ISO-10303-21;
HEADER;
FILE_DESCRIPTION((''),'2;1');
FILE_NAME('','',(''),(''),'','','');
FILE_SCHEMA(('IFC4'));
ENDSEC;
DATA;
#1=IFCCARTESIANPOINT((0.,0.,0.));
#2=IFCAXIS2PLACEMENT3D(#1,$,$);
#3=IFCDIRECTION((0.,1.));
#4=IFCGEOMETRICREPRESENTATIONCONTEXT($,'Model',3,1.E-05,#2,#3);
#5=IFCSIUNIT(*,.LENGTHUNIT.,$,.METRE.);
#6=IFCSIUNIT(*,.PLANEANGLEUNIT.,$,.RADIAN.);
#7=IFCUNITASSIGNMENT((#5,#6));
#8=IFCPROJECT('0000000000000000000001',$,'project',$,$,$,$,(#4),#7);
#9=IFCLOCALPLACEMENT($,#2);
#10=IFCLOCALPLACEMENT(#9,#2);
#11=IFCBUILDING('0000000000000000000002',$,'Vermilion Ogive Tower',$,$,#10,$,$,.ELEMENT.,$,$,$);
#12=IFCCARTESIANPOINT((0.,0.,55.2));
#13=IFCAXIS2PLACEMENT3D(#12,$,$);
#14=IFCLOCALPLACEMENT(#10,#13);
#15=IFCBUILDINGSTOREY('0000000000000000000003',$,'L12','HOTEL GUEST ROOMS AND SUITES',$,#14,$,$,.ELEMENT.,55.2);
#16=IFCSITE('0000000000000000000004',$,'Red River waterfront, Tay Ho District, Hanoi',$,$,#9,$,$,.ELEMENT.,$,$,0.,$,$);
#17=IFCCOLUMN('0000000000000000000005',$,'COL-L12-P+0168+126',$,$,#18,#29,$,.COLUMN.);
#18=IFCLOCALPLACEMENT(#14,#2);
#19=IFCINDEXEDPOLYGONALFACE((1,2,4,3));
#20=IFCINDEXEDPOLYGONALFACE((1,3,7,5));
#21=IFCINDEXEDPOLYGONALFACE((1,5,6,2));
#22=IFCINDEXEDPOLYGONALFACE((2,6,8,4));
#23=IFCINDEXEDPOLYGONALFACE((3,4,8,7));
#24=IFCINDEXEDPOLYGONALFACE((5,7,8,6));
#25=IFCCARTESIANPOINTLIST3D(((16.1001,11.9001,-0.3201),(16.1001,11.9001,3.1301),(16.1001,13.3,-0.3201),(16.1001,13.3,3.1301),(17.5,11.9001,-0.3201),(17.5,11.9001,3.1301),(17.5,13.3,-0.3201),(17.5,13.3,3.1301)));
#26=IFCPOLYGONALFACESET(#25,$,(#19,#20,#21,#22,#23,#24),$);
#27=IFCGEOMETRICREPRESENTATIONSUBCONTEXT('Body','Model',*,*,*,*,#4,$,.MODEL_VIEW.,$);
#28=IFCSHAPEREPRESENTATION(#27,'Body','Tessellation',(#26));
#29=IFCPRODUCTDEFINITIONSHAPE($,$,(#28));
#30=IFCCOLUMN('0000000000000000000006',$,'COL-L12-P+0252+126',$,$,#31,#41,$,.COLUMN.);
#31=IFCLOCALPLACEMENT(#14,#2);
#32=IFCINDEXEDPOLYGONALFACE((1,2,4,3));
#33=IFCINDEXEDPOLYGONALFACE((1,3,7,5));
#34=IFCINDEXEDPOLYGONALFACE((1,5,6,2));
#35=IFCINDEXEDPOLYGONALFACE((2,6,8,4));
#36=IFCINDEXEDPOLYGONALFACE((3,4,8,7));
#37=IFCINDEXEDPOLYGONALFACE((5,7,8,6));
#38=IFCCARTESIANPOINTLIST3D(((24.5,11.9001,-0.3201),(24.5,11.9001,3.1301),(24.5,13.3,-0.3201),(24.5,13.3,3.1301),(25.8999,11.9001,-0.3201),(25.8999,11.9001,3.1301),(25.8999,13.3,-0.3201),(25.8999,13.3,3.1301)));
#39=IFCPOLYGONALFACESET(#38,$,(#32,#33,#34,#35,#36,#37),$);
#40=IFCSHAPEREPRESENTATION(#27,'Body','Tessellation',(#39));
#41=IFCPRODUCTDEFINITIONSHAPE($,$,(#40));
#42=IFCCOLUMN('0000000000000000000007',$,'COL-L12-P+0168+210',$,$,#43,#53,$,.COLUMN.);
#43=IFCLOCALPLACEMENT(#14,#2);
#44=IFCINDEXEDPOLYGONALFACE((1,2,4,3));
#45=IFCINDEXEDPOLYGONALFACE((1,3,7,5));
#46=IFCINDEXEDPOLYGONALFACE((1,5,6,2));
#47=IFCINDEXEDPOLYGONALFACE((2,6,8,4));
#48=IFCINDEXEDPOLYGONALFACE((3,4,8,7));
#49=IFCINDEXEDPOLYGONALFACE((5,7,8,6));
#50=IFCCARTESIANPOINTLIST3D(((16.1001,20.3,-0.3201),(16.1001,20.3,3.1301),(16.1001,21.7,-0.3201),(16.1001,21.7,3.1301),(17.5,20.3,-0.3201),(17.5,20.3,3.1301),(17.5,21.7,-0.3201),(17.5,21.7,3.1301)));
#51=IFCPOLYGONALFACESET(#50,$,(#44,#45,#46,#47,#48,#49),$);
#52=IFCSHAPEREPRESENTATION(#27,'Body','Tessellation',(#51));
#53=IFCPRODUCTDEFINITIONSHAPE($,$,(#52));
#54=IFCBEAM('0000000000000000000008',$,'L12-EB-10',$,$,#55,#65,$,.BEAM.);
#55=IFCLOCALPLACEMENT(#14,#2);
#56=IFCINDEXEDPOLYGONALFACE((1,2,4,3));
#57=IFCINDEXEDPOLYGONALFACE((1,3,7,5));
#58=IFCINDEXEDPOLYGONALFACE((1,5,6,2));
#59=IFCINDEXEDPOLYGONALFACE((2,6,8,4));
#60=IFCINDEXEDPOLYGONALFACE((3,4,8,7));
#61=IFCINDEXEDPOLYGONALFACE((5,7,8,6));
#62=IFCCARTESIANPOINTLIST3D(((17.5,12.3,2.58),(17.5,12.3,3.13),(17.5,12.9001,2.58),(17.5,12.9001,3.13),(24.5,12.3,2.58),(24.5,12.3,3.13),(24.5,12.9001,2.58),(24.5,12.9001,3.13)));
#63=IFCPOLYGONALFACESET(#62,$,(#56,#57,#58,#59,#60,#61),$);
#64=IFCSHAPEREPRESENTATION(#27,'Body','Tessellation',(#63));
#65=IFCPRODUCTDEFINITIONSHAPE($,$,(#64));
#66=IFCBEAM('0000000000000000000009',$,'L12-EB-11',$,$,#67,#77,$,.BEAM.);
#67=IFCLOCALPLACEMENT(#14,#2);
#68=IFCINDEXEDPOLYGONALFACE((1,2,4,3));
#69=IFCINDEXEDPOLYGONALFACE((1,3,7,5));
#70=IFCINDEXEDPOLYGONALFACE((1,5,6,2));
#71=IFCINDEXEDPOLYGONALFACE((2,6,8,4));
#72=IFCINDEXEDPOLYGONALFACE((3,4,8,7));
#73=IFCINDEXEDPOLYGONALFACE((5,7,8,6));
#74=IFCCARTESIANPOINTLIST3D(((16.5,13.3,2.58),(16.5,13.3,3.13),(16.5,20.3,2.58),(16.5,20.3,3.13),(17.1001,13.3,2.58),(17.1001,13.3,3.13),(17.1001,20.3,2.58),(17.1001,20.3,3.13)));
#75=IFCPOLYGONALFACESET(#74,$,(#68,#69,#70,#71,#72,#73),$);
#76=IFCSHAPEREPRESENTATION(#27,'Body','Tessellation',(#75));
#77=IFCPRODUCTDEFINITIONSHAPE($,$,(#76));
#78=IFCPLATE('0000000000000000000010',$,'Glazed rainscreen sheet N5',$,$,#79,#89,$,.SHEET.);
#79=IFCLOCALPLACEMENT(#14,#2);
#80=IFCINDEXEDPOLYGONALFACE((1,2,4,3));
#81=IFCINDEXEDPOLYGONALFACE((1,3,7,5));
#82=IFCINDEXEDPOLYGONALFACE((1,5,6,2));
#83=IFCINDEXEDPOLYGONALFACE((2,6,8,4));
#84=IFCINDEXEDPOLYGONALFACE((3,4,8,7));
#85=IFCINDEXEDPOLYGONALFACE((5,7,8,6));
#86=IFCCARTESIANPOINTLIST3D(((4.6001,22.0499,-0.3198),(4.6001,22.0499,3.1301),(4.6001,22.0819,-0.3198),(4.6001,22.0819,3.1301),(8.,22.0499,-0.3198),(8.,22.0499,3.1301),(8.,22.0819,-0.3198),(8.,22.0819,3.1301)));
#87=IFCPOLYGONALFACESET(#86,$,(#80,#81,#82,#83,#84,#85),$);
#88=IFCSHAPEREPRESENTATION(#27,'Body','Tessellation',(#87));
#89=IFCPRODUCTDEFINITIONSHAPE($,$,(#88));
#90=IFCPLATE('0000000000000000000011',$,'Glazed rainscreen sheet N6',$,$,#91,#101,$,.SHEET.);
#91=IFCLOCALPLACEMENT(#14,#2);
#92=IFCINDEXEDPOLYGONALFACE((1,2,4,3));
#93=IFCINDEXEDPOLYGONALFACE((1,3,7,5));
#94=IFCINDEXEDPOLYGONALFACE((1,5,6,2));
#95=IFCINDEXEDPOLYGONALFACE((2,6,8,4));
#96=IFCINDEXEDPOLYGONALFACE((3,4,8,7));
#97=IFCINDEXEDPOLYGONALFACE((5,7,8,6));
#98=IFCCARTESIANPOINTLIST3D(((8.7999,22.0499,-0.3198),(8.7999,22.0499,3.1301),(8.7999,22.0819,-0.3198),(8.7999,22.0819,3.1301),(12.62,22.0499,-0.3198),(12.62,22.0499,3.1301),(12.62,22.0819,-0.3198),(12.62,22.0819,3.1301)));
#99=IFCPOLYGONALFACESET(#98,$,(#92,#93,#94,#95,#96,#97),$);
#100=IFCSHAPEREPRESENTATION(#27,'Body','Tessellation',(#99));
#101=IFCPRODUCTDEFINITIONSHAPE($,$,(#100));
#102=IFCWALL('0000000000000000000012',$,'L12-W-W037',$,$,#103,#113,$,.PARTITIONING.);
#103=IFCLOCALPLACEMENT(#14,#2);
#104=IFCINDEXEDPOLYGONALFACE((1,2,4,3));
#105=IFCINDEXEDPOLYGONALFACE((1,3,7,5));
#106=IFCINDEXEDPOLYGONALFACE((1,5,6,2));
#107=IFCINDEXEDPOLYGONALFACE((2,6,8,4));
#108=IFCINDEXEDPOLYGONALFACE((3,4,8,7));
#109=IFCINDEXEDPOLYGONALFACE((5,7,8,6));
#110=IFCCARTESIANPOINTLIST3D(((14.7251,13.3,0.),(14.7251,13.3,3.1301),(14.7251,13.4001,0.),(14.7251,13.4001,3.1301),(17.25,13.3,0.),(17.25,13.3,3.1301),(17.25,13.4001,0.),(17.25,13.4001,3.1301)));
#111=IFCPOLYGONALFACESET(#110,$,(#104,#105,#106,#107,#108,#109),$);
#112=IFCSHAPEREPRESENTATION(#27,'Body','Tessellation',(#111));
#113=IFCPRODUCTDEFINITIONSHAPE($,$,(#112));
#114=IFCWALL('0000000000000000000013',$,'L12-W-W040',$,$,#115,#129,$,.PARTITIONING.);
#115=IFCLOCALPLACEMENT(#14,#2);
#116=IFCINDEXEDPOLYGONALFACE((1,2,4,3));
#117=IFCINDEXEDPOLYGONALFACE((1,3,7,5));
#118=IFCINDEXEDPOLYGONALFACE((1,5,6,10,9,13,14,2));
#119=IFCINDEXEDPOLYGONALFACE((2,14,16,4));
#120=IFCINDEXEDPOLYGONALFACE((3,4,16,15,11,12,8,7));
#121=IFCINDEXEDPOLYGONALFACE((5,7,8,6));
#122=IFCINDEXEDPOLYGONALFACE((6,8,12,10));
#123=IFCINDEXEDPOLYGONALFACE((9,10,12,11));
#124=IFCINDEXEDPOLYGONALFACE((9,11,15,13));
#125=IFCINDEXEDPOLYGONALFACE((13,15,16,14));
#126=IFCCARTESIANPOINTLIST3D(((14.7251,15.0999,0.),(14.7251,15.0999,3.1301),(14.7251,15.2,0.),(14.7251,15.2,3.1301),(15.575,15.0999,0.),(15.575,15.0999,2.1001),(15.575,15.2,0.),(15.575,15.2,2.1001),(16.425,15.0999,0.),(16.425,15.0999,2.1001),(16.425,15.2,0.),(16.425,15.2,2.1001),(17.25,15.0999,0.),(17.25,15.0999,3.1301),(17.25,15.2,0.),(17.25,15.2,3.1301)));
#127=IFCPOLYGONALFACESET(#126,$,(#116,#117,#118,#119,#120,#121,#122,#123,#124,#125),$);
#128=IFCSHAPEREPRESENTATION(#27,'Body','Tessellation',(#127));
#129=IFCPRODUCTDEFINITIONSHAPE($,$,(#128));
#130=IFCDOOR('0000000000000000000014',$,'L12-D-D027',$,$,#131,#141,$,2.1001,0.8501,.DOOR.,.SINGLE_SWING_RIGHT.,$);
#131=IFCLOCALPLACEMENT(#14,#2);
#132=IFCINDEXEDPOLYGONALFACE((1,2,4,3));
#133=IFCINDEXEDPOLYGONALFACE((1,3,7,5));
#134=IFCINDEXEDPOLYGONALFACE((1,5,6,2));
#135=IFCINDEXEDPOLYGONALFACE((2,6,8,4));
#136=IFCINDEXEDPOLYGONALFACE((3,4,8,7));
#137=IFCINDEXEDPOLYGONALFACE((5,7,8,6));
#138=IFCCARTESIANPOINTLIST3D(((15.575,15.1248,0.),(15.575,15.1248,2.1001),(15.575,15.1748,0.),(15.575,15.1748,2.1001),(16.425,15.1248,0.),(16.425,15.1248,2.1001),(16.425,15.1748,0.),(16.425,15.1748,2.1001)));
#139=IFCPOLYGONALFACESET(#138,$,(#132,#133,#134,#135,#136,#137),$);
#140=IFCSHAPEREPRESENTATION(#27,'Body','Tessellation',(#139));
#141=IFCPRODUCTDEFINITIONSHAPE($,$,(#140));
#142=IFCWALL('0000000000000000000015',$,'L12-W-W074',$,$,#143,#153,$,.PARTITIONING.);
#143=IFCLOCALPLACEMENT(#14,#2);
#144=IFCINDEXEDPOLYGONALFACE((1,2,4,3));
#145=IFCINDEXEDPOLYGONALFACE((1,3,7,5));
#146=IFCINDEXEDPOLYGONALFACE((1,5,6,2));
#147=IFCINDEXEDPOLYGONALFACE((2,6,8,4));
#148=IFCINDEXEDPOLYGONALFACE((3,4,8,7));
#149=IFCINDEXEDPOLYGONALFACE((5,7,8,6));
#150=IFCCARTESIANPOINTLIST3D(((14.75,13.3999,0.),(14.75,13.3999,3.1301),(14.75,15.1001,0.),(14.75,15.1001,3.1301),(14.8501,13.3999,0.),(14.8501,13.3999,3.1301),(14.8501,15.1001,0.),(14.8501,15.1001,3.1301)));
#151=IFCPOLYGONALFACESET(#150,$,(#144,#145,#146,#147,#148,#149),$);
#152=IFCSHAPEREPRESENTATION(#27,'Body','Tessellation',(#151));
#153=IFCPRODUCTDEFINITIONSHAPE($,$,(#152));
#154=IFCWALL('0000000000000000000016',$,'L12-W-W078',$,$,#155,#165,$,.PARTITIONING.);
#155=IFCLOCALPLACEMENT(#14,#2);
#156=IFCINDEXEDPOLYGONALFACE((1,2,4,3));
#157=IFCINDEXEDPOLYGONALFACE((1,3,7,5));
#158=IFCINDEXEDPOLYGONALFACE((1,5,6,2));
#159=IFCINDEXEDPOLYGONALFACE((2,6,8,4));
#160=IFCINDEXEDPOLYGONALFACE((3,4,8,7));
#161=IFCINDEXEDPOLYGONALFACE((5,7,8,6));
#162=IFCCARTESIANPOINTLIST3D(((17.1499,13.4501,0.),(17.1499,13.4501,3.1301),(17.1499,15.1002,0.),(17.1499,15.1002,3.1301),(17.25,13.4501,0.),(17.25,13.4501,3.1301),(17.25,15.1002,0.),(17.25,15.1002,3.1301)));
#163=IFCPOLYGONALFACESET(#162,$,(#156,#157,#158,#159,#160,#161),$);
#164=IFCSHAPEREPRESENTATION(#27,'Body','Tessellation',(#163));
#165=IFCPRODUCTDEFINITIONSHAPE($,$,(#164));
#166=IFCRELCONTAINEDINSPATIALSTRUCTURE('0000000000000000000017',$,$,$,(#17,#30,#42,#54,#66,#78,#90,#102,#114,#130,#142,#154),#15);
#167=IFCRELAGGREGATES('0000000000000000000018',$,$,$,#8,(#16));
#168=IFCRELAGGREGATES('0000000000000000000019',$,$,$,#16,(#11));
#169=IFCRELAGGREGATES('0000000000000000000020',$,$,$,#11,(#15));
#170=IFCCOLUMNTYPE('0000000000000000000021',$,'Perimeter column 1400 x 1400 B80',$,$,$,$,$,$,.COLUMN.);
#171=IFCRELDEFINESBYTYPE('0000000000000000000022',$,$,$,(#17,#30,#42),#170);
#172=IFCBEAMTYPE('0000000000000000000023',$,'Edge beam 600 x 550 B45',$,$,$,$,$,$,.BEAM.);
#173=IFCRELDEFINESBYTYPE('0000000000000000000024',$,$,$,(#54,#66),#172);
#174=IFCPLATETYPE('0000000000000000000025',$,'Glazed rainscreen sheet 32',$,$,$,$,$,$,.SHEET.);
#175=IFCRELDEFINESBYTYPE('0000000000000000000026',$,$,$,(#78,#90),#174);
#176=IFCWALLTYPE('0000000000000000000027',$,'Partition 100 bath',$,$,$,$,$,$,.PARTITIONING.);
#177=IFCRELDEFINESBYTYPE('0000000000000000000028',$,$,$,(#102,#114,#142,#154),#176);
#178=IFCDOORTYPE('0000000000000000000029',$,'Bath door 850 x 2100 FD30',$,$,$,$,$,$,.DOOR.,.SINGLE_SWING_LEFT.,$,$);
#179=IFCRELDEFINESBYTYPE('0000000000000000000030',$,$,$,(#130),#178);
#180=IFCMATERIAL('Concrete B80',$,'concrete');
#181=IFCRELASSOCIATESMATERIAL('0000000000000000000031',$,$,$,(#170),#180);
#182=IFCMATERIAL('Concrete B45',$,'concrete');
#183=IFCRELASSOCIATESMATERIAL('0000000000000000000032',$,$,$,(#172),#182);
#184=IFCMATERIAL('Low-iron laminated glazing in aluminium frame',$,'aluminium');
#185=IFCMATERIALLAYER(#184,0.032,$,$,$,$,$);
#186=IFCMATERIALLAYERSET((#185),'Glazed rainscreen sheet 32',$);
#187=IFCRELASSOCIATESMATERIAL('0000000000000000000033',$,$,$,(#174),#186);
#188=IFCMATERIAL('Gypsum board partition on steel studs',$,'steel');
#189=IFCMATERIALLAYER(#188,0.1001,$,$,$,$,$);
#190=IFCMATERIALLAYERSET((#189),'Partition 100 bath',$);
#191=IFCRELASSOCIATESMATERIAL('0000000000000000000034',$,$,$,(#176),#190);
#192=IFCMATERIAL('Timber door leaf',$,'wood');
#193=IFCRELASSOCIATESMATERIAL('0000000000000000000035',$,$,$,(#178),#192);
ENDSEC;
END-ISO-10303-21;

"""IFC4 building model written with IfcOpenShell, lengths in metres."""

from ifc_helpers import new_model, si_unit, direction, frame, frame_2d, origin, origin_2d, place, context, subcontext, project, spatial, rectangle, extrude, material, layer, layer_set, material_profile, profile_set, type_object, element, fill, save


model = new_model("IFC4")

# Units and contexts
model_context = context("Model", 3, precision=1e-05, world=origin(), true_north=direction((0.0, 1.0)))
body_context = subcontext(model_context, "Body", "Model", "MODEL_VIEW")
ifc_project = project(units=[si_unit("LENGTHUNIT", "METRE"), si_unit("PLANEANGLEUNIT", "RADIAN")], contexts=[model_context])

# Site, building, storey
site_placement = place(None, origin())
site = spatial("IfcSite", under=ifc_project, at=site_placement, Name="Red River waterfront, Tay Ho District, Hanoi", CompositionType="ELEMENT", RefElevation=0.0)
building_placement = place(site_placement, origin())
building = spatial("IfcBuilding", under=site, at=building_placement, Name="Vermilion Ogive Tower", CompositionType="ELEMENT")
storey_placement = place(building_placement, frame((0.0, 0.0, 55.2)))
storey = spatial("IfcBuildingStorey", under=building, at=storey_placement, Name="L12", Description="HOTEL GUEST ROOMS AND SUITES", CompositionType="ELEMENT", Elevation=55.2)

# Columns
ifc_material_1 = material(Name="Concrete B80", Category="concrete")
ifc_material_profile_1 = material_profile(ifc_material_1, rectangle(XDim=1.3999, YDim=1.3999, at=origin_2d()), Name="1400 x 1400")
ifc_profile_set_1 = profile_set([ifc_material_profile_1], Name="Concrete B80")
column_type = type_object("IfcColumnType", Name="Perimeter column 1400 x 1400 B80", PredefinedType="COLUMN", material=ifc_profile_set_1)
for number, where, z_axis, x_axis, name in (
    (1, (16.8, 12.6001, -0.3201), (0.0, 0.0, 1.0), (1.0, 0.0, 0.0), "COL-L12-P+0168+126"),
    (2, (25.2, 12.6001, -0.3201), (0.0, 0.0, 1.0), (1.0, 0.0, 0.0), "COL-L12-P+0252+126"),
    (3, (16.8, 21.0, -0.3201), (0.0, 0.0, 1.0), (1.0, 0.0, 0.0), "COL-L12-P+0168+210"),
):
    element("IfcColumn", number, at=place(storey_placement, frame(where, z_axis=z_axis, x_axis=x_axis)), inside=storey, type_object=column_type, Name=name, PredefinedType="COLUMN", context=body_context, shape_type="SweptSolid", body=[
        extrude(rectangle(XDim=1.3999, YDim=1.3999, at=origin_2d()), origin(), (0.0, 0.0, 1.0), 3.4502),
    ])

# Beams
ifc_material_2 = material(Name="Concrete B45", Category="concrete")
ifc_material_profile_2 = material_profile(ifc_material_2, rectangle(XDim=0.6001, YDim=0.55, at=origin_2d()), Name="600 x 550")
ifc_profile_set_2 = profile_set([ifc_material_profile_2], Name="Concrete B45")
beam_type = type_object("IfcBeamType", Name="Edge beam 600 x 550 B45", PredefinedType="BEAM", material=ifc_profile_set_2)
for number, where, z_axis, x_axis, name in (
    (4, (24.5, 12.6001, 2.855), (-1.0, 0.0, 0.0), (0.0, -1.0, 0.0), "L12-EB-10"),
    (5, (16.8, 13.3, 2.855), (0.0, 1.0, 0.0), (-1.0, 0.0, 0.0), "L12-EB-11"),
):
    element("IfcBeam", number, at=place(storey_placement, frame(where, z_axis=z_axis, x_axis=x_axis)), inside=storey, type_object=beam_type, Name=name, PredefinedType="BEAM", context=body_context, shape_type="SweptSolid", body=[
        extrude(rectangle(XDim=0.6001, YDim=0.55, at=origin_2d()), origin(), (0.0, 0.0, 1.0), 7.0),
    ])

# Plates
ifc_material_3 = material(Name="Low-iron laminated glazing in aluminium frame", Category="aluminium")
ifc_layer_1 = layer(ifc_material_3, 0.032)
ifc_layer_set_1 = layer_set([ifc_layer_1], Name="Glazed rainscreen sheet 32")
plate_type = type_object("IfcPlateType", Name="Glazed rainscreen sheet 32", PredefinedType="SHEET", material=ifc_layer_set_1)
plate_1_placement = place(storey_placement, frame((6.3, 22.0659, -0.3198), z_axis=(0.0, 0.0, 1.0), x_axis=(1.0, 0.0, 0.0)))
element("IfcPlate", 6, at=plate_1_placement, inside=storey, type_object=plate_type, Name="Glazed rainscreen sheet N5", PredefinedType="SHEET", context=body_context, shape_type="SweptSolid", body=[
    extrude(rectangle(XDim=3.3999, YDim=0.032, at=origin_2d()), origin(), (0.0, 0.0, 1.0), 3.45),
])
plate_2_placement = place(storey_placement, frame((10.71, 22.0659, -0.3198), z_axis=(0.0, 0.0, 1.0), x_axis=(1.0, 0.0, 0.0)))
element("IfcPlate", 7, at=plate_2_placement, inside=storey, type_object=plate_type, Name="Glazed rainscreen sheet N6", PredefinedType="SHEET", context=body_context, shape_type="SweptSolid", body=[
    extrude(rectangle(XDim=3.8201, YDim=0.032, at=origin_2d()), origin(), (0.0, 0.0, 1.0), 3.45),
])

# Wall
ifc_material_4 = material(Name="Gypsum board partition on steel studs", Category="steel")
ifc_layer_2 = layer(ifc_material_4, 0.1001)
ifc_layer_set_2 = layer_set([ifc_layer_2], Name="Partition 100 bath")
wall_type_1 = type_object("IfcWallType", Name="Partition 100 bath", PredefinedType="PARTITIONING", material=ifc_layer_set_2)
wall_1_placement = place(storey_placement, frame((14.7251, 13.3501, 0.0), z_axis=(0.0, 0.0, 1.0), x_axis=(1.0, 0.0, 0.0)))
element("IfcWall", 8, at=wall_1_placement, inside=storey, type_object=wall_type_1, Name="L12-W-W037", PredefinedType="PARTITIONING", context=body_context, shape_type="SweptSolid", body=[
    extrude(rectangle(XDim=2.5249, YDim=0.1001, at=frame_2d((1.2625, 0.0))), origin(), (0.0, 0.0, 1.0), 3.1301),
])

# Wall, opening, door
wall_2_placement = place(storey_placement, frame((14.7251, 15.1499, 0.0), z_axis=(0.0, 0.0, 1.0), x_axis=(1.0, 0.0, 0.0)))
wall_2 = element("IfcWall", 9, at=wall_2_placement, inside=storey, type_object=wall_type_1, Name="L12-W-W040", PredefinedType="PARTITIONING", context=body_context, shape_type="SweptSolid", body=[
    extrude(rectangle(XDim=2.5249, YDim=0.1001, at=frame_2d((1.2625, 0.0))), origin(), (0.0, 0.0, 1.0), 3.1301),
])
opening_1_placement = place(wall_2_placement, frame((0.8499, 0.0, 0.0)))
opening_1 = element("IfcOpeningElement", 10, at=opening_1_placement, cuts=wall_2, PredefinedType="OPENING", context=body_context, shape_type="SweptSolid", body=[
    extrude(rectangle(XDim=0.8501, YDim=2.1001, at=frame_2d((0.425, 1.05))), frame((0.0, 0.0601, 0.0), z_axis=(0.0, -1.0, 0.0), x_axis=(1.0, 0.0, 0.0)), (0.0, 0.0, 1.0), 0.1201),
])
ifc_material_5 = material(Name="Timber door leaf", Category="wood")
door_type_1 = type_object("IfcDoorType", Name="Bath door 850 x 2100 FD30", OperationType="SINGLE_SWING_LEFT", PredefinedType="DOOR", material=ifc_material_5)
door_1_placement = place(opening_1_placement, origin())
door_1 = element("IfcDoor", 11, at=door_1_placement, inside=storey, type_object=door_type_1, Name="L12-D-D027", OperationType="SINGLE_SWING_RIGHT", OverallHeight=2.1001, OverallWidth=0.8501, PredefinedType="DOOR", context=body_context, shape_type="SweptSolid", body=[
    extrude(rectangle(XDim=0.8501, YDim=2.1001, at=frame_2d((0.425, 1.05))), frame((0.0, 0.0249, 0.0), z_axis=(0.0, -1.0, 0.0), x_axis=(1.0, 0.0, 0.0)), (0.0, 0.0, 1.0), 0.05),
])
fill(opening_1, door_1)

# Walls
wall_3_placement = place(storey_placement, frame((14.8, 13.3999, 0.0), z_axis=(0.0, 0.0, 1.0), x_axis=(0.0, 1.0, 0.0)))
element("IfcWall", 12, at=wall_3_placement, inside=storey, type_object=wall_type_1, Name="L12-W-W074", PredefinedType="PARTITIONING", context=body_context, shape_type="SweptSolid", body=[
    extrude(rectangle(XDim=1.7002, YDim=0.1001, at=frame_2d((0.8501, 0.0))), origin(), (0.0, 0.0, 1.0), 3.1301),
])
wall_4_placement = place(storey_placement, frame((17.2, 13.45, 0.0), z_axis=(0.0, 0.0, 1.0), x_axis=(0.0, 1.0, 0.0)))
element("IfcWall", 13, at=wall_4_placement, inside=storey, type_object=wall_type_1, Name="L12-W-W078", PredefinedType="PARTITIONING", context=body_context, shape_type="SweptSolid", body=[
    extrude(rectangle(XDim=1.6501, YDim=0.1001, at=frame_2d((0.8252, 0.0))), origin(), (0.0, 0.0, 1.0), 3.1301),
])

save(model, "model.ifc")
